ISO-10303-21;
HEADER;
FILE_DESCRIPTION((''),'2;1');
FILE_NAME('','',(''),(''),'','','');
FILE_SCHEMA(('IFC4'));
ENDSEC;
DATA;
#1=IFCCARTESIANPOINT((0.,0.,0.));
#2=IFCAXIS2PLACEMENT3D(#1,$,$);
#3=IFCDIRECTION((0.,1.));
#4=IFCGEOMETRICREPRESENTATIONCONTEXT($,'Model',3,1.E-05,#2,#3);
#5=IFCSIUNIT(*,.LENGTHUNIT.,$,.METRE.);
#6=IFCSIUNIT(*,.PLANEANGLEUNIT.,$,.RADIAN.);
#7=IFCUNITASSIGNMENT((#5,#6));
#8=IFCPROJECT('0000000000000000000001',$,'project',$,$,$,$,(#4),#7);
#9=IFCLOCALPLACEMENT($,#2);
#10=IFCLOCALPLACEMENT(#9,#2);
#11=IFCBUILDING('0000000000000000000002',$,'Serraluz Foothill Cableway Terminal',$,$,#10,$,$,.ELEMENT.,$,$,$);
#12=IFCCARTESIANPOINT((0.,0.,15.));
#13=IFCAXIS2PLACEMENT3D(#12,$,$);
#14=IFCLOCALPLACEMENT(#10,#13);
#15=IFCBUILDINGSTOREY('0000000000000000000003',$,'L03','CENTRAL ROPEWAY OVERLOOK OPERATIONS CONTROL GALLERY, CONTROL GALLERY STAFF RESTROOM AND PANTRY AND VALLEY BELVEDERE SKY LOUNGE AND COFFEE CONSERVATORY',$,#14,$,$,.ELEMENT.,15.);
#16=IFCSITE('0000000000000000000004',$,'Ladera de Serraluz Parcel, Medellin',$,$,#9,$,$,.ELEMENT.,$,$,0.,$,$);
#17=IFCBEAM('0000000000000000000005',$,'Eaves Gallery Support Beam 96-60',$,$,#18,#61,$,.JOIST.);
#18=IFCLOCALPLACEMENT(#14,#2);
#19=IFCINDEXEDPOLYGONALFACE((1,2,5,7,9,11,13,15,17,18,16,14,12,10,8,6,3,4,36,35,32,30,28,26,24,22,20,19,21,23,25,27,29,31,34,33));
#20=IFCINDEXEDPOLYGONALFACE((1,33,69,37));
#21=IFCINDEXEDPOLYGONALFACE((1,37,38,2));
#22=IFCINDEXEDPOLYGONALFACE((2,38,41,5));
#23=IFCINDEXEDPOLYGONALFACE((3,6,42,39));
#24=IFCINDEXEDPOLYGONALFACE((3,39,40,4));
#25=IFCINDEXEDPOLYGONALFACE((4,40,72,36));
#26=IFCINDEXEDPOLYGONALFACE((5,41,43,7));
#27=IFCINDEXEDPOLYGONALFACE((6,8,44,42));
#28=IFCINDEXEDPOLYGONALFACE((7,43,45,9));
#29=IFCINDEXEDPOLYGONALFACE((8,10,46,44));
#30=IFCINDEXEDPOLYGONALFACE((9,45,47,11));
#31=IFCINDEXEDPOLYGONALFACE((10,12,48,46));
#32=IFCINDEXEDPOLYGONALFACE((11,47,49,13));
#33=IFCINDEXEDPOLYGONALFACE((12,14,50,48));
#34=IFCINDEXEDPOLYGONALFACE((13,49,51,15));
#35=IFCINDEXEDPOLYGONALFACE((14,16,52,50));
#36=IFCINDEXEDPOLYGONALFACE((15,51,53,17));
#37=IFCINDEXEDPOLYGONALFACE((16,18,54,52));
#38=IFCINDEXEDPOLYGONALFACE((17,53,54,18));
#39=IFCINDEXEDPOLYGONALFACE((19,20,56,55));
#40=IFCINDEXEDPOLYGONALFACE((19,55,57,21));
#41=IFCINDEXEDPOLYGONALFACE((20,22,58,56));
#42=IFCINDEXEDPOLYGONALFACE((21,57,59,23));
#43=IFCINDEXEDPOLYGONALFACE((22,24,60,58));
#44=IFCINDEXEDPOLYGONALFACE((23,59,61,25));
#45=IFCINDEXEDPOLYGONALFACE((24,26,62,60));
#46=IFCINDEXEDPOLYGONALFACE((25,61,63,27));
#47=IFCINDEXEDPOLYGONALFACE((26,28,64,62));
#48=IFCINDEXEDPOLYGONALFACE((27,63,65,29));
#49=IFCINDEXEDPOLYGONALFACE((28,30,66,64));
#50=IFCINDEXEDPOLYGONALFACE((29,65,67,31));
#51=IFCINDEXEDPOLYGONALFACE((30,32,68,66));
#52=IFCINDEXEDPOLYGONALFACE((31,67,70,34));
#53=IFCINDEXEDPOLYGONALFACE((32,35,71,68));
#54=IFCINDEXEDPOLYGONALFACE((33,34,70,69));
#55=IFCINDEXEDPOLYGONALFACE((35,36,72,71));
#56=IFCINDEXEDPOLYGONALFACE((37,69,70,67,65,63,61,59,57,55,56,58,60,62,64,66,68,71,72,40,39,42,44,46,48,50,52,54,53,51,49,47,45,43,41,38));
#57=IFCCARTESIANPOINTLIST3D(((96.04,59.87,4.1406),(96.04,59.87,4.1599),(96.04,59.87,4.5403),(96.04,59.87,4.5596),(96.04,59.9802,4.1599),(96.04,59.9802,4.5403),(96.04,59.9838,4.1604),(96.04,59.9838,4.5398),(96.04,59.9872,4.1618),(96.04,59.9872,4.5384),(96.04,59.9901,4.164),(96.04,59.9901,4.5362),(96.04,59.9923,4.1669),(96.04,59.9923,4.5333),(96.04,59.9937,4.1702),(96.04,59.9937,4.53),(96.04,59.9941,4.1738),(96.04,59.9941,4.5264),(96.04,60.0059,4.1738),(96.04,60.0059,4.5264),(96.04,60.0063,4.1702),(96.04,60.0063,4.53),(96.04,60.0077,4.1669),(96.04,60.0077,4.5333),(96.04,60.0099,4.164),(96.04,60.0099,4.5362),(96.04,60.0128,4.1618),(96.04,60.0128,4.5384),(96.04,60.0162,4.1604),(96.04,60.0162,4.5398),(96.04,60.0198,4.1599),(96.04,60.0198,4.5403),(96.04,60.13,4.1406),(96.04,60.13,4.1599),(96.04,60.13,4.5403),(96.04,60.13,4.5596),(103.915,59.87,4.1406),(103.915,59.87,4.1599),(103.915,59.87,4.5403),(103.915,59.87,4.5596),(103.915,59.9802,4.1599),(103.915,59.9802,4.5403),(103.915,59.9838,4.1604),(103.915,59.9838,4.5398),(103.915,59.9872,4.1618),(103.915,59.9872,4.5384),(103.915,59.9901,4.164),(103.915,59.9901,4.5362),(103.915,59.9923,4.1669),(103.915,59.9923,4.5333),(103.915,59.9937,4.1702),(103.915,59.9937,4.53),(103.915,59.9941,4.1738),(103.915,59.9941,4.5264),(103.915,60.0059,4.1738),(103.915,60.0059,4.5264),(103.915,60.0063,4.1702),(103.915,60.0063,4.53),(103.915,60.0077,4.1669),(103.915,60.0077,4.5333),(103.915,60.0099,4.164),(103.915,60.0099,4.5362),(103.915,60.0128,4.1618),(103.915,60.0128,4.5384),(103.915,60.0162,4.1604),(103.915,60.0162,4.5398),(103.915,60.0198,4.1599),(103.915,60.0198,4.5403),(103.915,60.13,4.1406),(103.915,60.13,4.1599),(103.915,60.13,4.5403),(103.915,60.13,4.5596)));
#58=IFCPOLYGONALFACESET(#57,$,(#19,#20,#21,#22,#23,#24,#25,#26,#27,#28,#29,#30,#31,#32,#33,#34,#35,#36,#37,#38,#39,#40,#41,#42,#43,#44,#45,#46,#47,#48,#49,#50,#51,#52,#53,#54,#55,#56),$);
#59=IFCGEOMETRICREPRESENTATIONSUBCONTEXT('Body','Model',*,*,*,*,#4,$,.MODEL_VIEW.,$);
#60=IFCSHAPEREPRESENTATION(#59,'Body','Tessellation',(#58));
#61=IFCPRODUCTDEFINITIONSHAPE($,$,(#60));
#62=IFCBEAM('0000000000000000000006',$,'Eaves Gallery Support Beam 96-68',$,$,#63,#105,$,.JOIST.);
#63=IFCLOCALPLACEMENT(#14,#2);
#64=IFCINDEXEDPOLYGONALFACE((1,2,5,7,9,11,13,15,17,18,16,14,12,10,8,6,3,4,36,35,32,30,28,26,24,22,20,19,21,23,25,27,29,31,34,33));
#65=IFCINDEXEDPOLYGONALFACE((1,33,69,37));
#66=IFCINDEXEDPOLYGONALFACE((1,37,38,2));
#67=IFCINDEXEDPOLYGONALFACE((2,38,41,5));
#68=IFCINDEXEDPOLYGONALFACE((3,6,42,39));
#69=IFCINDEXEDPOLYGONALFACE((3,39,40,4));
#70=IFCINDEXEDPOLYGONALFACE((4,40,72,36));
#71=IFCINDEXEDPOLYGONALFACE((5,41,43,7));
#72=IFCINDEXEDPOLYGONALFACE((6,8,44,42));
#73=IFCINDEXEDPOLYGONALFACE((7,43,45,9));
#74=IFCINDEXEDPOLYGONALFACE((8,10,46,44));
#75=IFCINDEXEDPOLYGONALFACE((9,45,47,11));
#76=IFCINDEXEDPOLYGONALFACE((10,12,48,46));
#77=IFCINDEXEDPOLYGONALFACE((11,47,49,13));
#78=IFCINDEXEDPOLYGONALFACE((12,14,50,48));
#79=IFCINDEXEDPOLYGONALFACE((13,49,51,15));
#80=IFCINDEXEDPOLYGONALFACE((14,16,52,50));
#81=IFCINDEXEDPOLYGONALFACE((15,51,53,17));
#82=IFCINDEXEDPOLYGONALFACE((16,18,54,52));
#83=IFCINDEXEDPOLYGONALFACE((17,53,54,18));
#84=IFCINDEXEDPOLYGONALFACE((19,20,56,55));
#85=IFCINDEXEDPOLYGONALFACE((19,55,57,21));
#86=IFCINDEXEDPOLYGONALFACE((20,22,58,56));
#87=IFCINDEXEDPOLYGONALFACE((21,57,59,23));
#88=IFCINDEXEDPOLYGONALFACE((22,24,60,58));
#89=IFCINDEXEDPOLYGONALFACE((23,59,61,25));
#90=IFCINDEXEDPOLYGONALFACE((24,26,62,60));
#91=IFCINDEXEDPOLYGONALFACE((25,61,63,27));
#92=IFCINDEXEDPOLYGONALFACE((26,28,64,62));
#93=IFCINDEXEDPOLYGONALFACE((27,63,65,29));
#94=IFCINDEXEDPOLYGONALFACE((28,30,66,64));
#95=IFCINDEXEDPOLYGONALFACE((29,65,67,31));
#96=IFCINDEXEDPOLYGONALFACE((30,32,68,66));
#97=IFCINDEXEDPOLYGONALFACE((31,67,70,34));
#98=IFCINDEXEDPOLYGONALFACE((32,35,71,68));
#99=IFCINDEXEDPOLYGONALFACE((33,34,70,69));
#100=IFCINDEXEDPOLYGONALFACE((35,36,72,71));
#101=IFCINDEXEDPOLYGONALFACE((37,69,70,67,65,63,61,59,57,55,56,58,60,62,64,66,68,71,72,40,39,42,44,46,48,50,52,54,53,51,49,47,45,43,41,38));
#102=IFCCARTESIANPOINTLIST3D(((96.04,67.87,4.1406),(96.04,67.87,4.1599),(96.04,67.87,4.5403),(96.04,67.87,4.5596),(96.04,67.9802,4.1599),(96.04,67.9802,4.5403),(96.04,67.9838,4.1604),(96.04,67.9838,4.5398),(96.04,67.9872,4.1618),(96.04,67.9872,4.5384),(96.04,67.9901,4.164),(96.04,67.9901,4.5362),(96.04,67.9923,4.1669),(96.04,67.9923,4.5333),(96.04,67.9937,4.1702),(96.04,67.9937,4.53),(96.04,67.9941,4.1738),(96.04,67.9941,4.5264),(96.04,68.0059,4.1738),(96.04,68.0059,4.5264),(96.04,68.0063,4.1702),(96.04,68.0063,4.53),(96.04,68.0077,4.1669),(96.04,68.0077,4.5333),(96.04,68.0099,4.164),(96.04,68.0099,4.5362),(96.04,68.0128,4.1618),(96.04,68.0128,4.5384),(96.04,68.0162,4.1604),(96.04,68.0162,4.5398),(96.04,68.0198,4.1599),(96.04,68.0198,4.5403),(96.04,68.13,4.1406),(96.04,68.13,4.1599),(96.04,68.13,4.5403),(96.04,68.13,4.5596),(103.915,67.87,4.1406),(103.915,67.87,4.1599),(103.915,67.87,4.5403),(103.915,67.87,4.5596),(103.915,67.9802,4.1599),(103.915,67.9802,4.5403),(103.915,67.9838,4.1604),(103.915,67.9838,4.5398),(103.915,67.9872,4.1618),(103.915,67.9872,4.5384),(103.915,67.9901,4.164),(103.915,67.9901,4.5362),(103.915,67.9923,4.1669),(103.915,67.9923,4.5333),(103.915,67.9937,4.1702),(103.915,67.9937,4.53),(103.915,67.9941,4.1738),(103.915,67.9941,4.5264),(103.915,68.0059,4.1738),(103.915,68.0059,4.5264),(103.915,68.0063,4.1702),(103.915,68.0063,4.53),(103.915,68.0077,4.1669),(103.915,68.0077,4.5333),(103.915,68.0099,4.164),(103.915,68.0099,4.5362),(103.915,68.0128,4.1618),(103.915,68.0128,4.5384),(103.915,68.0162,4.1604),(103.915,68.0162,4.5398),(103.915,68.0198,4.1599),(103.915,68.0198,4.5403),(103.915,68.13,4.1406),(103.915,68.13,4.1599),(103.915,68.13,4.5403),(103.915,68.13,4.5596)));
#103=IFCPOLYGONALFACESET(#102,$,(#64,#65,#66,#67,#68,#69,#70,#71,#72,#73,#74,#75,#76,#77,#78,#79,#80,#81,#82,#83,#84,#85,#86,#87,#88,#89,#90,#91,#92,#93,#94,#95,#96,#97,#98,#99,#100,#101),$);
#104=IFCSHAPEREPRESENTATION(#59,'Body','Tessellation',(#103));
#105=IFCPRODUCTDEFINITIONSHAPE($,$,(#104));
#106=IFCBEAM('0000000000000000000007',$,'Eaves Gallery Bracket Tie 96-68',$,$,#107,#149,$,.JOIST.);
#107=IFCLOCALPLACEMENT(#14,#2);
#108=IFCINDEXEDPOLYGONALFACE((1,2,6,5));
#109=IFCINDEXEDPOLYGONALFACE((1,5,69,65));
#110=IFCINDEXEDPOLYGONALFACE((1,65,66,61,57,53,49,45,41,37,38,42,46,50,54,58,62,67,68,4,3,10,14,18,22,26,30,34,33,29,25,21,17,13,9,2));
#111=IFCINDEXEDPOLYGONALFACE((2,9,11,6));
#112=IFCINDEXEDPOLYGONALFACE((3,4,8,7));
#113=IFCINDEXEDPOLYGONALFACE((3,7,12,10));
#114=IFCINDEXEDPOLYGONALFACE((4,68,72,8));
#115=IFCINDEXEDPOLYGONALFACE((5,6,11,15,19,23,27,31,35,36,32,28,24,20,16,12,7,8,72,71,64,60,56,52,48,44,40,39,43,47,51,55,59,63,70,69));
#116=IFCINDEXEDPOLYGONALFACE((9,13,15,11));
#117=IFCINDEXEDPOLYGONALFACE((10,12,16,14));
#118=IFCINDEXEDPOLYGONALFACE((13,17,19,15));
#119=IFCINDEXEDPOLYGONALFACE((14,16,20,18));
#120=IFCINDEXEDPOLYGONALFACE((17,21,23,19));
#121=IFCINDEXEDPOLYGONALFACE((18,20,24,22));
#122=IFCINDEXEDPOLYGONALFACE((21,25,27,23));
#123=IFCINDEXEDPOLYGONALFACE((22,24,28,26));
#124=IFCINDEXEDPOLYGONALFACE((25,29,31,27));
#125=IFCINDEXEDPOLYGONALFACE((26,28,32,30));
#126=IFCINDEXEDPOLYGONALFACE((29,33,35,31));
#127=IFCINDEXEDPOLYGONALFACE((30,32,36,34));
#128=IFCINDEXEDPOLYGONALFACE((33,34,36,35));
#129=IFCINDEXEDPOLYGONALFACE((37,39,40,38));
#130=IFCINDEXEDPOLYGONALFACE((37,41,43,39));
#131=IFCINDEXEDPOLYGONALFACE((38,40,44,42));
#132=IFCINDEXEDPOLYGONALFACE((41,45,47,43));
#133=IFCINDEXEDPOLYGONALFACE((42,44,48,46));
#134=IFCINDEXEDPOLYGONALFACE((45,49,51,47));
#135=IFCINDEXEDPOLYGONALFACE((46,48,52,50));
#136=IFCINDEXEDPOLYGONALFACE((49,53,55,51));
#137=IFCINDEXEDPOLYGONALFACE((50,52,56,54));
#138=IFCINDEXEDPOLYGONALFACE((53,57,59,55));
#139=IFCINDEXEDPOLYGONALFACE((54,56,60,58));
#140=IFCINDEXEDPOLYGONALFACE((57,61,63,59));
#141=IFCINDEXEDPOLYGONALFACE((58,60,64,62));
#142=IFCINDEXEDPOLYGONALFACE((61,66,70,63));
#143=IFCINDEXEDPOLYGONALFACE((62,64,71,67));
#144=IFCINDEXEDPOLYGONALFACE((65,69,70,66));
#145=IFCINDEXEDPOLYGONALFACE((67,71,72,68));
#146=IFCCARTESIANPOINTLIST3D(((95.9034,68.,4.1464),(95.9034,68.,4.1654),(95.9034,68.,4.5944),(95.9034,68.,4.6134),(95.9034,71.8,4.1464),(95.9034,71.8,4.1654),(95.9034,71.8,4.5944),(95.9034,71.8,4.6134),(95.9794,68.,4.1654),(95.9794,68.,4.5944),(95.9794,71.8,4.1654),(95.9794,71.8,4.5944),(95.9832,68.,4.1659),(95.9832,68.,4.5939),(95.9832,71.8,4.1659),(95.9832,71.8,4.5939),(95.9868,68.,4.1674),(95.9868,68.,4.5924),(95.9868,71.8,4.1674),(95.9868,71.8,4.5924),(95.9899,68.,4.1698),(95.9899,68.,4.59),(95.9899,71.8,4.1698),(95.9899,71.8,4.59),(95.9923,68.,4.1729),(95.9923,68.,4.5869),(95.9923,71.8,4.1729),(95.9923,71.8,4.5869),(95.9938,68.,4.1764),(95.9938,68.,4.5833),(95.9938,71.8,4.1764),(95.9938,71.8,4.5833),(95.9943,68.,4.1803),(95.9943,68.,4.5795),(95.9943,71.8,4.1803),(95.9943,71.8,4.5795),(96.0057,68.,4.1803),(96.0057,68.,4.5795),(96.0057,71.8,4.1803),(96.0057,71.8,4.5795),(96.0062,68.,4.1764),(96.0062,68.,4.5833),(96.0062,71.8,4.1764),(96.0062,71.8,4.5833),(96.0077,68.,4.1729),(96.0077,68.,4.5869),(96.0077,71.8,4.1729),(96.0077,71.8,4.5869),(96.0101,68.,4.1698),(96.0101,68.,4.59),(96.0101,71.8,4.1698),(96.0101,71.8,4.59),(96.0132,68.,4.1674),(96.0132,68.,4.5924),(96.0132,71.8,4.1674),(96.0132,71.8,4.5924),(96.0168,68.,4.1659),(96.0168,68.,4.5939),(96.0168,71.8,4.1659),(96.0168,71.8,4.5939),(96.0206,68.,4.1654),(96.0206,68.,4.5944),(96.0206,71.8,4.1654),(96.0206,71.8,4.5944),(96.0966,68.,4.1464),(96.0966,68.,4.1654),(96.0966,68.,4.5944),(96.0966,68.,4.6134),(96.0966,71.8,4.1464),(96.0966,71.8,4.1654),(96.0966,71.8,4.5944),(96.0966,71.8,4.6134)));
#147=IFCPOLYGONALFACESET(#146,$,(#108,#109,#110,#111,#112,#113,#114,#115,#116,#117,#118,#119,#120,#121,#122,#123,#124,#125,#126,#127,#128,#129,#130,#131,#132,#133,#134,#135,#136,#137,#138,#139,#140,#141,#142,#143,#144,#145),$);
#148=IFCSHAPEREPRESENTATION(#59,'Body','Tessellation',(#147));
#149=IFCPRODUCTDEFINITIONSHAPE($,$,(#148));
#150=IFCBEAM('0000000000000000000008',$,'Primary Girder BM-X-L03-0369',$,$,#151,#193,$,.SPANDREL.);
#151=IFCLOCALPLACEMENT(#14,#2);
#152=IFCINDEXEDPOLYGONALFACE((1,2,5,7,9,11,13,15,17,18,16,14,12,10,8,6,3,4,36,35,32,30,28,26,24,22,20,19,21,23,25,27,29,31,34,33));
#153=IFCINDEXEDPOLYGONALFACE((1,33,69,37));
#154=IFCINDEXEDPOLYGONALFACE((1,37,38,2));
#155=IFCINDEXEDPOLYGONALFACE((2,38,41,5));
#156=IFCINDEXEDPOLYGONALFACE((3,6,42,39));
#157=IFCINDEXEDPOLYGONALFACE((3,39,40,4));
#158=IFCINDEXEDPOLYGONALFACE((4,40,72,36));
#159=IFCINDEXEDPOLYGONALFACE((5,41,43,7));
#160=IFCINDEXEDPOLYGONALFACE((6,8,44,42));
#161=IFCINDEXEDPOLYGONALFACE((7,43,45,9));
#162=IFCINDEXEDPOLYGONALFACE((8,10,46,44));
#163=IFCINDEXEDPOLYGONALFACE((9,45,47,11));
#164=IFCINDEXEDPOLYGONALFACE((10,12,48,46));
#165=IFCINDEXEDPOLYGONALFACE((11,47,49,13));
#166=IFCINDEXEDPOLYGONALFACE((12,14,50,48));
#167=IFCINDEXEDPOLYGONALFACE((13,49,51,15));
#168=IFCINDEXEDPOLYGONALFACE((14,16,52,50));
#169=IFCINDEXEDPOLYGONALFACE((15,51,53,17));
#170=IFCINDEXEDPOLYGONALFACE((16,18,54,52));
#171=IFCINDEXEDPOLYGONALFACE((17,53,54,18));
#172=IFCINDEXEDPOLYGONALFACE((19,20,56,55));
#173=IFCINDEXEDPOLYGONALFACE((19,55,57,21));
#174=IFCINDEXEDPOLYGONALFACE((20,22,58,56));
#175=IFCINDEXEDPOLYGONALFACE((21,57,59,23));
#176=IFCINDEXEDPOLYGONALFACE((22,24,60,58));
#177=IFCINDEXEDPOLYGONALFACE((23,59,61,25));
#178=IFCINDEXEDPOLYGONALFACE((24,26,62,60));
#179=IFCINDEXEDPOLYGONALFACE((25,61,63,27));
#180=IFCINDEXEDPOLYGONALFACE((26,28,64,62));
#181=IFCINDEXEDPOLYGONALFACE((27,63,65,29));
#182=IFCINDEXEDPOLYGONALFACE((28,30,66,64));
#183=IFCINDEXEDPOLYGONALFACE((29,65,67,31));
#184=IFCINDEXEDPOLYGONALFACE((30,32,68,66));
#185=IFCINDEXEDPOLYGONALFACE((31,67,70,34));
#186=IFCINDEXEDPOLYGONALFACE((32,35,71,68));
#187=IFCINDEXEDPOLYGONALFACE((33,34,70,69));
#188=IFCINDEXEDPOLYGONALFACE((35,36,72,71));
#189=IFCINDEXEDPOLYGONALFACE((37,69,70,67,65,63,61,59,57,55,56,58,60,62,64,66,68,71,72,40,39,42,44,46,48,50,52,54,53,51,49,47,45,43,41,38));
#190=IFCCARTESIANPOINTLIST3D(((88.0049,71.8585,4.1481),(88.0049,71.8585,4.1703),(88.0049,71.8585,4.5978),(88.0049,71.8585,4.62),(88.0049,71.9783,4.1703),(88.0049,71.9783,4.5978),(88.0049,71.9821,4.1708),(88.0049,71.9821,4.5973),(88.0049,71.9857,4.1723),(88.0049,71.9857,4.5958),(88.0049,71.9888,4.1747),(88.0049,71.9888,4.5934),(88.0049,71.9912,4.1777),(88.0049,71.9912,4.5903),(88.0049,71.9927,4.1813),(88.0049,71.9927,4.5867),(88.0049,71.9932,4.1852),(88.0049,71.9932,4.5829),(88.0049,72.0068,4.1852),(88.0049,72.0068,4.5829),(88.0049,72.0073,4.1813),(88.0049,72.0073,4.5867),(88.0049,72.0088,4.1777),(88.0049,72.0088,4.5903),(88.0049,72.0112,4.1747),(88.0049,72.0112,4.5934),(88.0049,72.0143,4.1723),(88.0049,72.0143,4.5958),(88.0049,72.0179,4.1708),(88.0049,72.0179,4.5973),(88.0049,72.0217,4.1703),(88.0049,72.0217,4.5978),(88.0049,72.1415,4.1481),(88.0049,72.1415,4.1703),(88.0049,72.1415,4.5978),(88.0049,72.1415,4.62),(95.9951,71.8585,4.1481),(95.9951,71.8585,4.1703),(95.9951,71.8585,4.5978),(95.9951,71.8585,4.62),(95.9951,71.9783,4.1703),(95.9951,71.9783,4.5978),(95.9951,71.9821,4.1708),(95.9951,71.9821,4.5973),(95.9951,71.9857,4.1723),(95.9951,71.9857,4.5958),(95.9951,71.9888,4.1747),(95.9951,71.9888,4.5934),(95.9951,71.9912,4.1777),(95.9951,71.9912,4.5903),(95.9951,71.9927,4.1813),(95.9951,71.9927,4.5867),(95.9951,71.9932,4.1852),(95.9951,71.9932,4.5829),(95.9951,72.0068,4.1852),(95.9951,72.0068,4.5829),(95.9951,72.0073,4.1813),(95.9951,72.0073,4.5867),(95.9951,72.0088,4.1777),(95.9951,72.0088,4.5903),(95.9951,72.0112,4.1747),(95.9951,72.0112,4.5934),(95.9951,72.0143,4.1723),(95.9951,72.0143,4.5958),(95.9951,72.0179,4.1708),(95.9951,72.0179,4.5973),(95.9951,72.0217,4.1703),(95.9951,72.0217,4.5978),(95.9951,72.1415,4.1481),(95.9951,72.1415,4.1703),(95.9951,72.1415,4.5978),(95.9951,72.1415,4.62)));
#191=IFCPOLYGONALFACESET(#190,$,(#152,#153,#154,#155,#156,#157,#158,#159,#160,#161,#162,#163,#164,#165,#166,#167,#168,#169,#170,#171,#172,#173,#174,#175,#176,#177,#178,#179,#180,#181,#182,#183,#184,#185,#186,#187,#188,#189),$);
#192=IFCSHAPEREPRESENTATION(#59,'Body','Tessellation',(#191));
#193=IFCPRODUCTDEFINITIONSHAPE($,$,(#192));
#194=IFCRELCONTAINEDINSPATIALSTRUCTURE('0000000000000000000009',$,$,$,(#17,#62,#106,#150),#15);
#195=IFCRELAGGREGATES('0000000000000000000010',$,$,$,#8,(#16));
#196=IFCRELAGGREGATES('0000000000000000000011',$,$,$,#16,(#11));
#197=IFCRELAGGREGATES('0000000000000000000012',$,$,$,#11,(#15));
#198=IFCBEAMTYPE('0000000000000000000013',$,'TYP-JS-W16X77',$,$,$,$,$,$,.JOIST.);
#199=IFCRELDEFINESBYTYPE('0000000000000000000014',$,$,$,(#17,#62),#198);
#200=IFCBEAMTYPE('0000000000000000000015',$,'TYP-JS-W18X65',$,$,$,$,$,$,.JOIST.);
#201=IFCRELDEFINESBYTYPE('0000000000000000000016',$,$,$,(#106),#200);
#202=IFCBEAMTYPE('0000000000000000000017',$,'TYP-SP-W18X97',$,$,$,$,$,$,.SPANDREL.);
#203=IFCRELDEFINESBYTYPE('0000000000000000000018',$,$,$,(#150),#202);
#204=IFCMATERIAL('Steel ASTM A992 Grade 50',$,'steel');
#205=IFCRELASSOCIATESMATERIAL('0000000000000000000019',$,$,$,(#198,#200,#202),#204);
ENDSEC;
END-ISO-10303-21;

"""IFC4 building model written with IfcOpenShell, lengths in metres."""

from ifc_helpers import new_model, si_unit, direction, frame, origin, origin_2d, place, context, subcontext, project, spatial, i_section, extrude, material, material_profile, profile_set, type_object, element, save


model = new_model("IFC4")

# Units and contexts
model_context = context("Model", 3, precision=1e-05, world=origin(), true_north=direction((0.0, 1.0)))
body_context = subcontext(model_context, "Body", "Model", "MODEL_VIEW")
ifc_project = project(units=[si_unit("LENGTHUNIT", "METRE"), si_unit("PLANEANGLEUNIT", "RADIAN")], contexts=[model_context])

# Site, building, storey
site_placement = place(None, origin())
site = spatial("IfcSite", under=ifc_project, at=site_placement, Name="Ladera de Serraluz Parcel, Medellin", CompositionType="ELEMENT", RefElevation=0.0)
building_placement = place(site_placement, origin())
building = spatial("IfcBuilding", under=site, at=building_placement, Name="Serraluz Foothill Cableway Terminal", CompositionType="ELEMENT")
storey_placement = place(building_placement, frame((0.0, 0.0, 15.0)))
storey = spatial("IfcBuildingStorey", under=building, at=storey_placement, Name="L03", Description="CENTRAL ROPEWAY OVERLOOK OPERATIONS CONTROL GALLERY, CONTROL GALLERY STAFF RESTROOM AND PANTRY AND VALLEY BELVEDERE SKY LOUNGE AND COFFEE CONSERVATORY", CompositionType="ELEMENT", Elevation=15.0)

# Shared definitions
ifc_material_1 = material(Name="Steel ASTM A992 Grade 50", Category="steel")

# Beams
ifc_material_profile_1 = material_profile(ifc_material_1, i_section(OverallWidth=0.26, OverallDepth=0.4189, WebThickness=0.0117, FlangeThickness=0.0193, FilletRadius=0.0139, at=origin_2d()), Name="W16X77")
ifc_profile_set_1 = profile_set([ifc_material_profile_1], Name="Steel ASTM A992 Grade 50")
beam_type_1 = type_object("IfcBeamType", Name="TYP-JS-W16X77", PredefinedType="JOIST", material=ifc_profile_set_1)
for number, where, z_axis, x_axis, name in (
    (1, (96.04, 60.0, 4.3501), (1.0, 0.0, 0.0), (0.0, 1.0, 0.0), "Eaves Gallery Support Beam 96-60"),
    (2, (96.04, 68.0, 4.3501), (1.0, 0.0, 0.0), (0.0, 1.0, 0.0), "Eaves Gallery Support Beam 96-68"),
):
    element("IfcBeam", number, at=place(storey_placement, frame(where, z_axis=z_axis, x_axis=x_axis)), inside=storey, type_object=beam_type_1, Name=name, PredefinedType="JOIST", context=body_context, shape_type="SweptSolid", body=[
        extrude(i_section(OverallWidth=0.26, OverallDepth=0.4189, WebThickness=0.0117, FlangeThickness=0.0193, FilletRadius=0.0139, at=origin_2d()), origin(), (0.0, 0.0, 1.0), 7.875),
    ])
ifc_material_profile_2 = material_profile(ifc_material_1, i_section(OverallWidth=0.1931, OverallDepth=0.467, WebThickness=0.0115, FlangeThickness=0.019, FilletRadius=0.0149, at=origin_2d()), Name="W18X65")
ifc_profile_set_2 = profile_set([ifc_material_profile_2], Name="Steel ASTM A992 Grade 50")
beam_type_2 = type_object("IfcBeamType", Name="TYP-JS-W18X65", PredefinedType="JOIST", material=ifc_profile_set_2)
beam_1_placement = place(storey_placement, frame((96.0, 68.0, 4.3799), z_axis=(0.0, 1.0, 0.0), x_axis=(-1.0, 0.0, 0.0)))
element("IfcBeam", 3, at=beam_1_placement, inside=storey, type_object=beam_type_2, Name="Eaves Gallery Bracket Tie 96-68", PredefinedType="JOIST", context=body_context, shape_type="SweptSolid", body=[
    extrude(i_section(OverallWidth=0.1931, OverallDepth=0.467, WebThickness=0.0115, FlangeThickness=0.019, FilletRadius=0.0149, at=origin_2d()), origin(), (0.0, 0.0, 1.0), 3.8),
])
ifc_material_profile_3 = material_profile(ifc_material_1, i_section(OverallWidth=0.283, OverallDepth=0.4719, WebThickness=0.0137, FlangeThickness=0.0222, FilletRadius=0.0149, at=origin_2d()), Name="W18X97")
ifc_profile_set_3 = profile_set([ifc_material_profile_3], Name="Steel ASTM A992 Grade 50")
beam_type_3 = type_object("IfcBeamType", Name="TYP-SP-W18X97", PredefinedType="SPANDREL", material=ifc_profile_set_3)
beam_2_placement = place(storey_placement, frame((88.0049, 72.0, 4.384), z_axis=(1.0, 0.0, 0.0), x_axis=(0.0, 1.0, 0.0)))
element("IfcBeam", 4, at=beam_2_placement, inside=storey, type_object=beam_type_3, Name="Primary Girder BM-X-L03-0369", PredefinedType="SPANDREL", context=body_context, shape_type="SweptSolid", body=[
    extrude(i_section(OverallWidth=0.283, OverallDepth=0.4719, WebThickness=0.0137, FlangeThickness=0.0222, FilletRadius=0.0149, at=origin_2d()), origin(), (0.0, 0.0, 1.0), 7.9902),
])

save(model, "model.ifc")
